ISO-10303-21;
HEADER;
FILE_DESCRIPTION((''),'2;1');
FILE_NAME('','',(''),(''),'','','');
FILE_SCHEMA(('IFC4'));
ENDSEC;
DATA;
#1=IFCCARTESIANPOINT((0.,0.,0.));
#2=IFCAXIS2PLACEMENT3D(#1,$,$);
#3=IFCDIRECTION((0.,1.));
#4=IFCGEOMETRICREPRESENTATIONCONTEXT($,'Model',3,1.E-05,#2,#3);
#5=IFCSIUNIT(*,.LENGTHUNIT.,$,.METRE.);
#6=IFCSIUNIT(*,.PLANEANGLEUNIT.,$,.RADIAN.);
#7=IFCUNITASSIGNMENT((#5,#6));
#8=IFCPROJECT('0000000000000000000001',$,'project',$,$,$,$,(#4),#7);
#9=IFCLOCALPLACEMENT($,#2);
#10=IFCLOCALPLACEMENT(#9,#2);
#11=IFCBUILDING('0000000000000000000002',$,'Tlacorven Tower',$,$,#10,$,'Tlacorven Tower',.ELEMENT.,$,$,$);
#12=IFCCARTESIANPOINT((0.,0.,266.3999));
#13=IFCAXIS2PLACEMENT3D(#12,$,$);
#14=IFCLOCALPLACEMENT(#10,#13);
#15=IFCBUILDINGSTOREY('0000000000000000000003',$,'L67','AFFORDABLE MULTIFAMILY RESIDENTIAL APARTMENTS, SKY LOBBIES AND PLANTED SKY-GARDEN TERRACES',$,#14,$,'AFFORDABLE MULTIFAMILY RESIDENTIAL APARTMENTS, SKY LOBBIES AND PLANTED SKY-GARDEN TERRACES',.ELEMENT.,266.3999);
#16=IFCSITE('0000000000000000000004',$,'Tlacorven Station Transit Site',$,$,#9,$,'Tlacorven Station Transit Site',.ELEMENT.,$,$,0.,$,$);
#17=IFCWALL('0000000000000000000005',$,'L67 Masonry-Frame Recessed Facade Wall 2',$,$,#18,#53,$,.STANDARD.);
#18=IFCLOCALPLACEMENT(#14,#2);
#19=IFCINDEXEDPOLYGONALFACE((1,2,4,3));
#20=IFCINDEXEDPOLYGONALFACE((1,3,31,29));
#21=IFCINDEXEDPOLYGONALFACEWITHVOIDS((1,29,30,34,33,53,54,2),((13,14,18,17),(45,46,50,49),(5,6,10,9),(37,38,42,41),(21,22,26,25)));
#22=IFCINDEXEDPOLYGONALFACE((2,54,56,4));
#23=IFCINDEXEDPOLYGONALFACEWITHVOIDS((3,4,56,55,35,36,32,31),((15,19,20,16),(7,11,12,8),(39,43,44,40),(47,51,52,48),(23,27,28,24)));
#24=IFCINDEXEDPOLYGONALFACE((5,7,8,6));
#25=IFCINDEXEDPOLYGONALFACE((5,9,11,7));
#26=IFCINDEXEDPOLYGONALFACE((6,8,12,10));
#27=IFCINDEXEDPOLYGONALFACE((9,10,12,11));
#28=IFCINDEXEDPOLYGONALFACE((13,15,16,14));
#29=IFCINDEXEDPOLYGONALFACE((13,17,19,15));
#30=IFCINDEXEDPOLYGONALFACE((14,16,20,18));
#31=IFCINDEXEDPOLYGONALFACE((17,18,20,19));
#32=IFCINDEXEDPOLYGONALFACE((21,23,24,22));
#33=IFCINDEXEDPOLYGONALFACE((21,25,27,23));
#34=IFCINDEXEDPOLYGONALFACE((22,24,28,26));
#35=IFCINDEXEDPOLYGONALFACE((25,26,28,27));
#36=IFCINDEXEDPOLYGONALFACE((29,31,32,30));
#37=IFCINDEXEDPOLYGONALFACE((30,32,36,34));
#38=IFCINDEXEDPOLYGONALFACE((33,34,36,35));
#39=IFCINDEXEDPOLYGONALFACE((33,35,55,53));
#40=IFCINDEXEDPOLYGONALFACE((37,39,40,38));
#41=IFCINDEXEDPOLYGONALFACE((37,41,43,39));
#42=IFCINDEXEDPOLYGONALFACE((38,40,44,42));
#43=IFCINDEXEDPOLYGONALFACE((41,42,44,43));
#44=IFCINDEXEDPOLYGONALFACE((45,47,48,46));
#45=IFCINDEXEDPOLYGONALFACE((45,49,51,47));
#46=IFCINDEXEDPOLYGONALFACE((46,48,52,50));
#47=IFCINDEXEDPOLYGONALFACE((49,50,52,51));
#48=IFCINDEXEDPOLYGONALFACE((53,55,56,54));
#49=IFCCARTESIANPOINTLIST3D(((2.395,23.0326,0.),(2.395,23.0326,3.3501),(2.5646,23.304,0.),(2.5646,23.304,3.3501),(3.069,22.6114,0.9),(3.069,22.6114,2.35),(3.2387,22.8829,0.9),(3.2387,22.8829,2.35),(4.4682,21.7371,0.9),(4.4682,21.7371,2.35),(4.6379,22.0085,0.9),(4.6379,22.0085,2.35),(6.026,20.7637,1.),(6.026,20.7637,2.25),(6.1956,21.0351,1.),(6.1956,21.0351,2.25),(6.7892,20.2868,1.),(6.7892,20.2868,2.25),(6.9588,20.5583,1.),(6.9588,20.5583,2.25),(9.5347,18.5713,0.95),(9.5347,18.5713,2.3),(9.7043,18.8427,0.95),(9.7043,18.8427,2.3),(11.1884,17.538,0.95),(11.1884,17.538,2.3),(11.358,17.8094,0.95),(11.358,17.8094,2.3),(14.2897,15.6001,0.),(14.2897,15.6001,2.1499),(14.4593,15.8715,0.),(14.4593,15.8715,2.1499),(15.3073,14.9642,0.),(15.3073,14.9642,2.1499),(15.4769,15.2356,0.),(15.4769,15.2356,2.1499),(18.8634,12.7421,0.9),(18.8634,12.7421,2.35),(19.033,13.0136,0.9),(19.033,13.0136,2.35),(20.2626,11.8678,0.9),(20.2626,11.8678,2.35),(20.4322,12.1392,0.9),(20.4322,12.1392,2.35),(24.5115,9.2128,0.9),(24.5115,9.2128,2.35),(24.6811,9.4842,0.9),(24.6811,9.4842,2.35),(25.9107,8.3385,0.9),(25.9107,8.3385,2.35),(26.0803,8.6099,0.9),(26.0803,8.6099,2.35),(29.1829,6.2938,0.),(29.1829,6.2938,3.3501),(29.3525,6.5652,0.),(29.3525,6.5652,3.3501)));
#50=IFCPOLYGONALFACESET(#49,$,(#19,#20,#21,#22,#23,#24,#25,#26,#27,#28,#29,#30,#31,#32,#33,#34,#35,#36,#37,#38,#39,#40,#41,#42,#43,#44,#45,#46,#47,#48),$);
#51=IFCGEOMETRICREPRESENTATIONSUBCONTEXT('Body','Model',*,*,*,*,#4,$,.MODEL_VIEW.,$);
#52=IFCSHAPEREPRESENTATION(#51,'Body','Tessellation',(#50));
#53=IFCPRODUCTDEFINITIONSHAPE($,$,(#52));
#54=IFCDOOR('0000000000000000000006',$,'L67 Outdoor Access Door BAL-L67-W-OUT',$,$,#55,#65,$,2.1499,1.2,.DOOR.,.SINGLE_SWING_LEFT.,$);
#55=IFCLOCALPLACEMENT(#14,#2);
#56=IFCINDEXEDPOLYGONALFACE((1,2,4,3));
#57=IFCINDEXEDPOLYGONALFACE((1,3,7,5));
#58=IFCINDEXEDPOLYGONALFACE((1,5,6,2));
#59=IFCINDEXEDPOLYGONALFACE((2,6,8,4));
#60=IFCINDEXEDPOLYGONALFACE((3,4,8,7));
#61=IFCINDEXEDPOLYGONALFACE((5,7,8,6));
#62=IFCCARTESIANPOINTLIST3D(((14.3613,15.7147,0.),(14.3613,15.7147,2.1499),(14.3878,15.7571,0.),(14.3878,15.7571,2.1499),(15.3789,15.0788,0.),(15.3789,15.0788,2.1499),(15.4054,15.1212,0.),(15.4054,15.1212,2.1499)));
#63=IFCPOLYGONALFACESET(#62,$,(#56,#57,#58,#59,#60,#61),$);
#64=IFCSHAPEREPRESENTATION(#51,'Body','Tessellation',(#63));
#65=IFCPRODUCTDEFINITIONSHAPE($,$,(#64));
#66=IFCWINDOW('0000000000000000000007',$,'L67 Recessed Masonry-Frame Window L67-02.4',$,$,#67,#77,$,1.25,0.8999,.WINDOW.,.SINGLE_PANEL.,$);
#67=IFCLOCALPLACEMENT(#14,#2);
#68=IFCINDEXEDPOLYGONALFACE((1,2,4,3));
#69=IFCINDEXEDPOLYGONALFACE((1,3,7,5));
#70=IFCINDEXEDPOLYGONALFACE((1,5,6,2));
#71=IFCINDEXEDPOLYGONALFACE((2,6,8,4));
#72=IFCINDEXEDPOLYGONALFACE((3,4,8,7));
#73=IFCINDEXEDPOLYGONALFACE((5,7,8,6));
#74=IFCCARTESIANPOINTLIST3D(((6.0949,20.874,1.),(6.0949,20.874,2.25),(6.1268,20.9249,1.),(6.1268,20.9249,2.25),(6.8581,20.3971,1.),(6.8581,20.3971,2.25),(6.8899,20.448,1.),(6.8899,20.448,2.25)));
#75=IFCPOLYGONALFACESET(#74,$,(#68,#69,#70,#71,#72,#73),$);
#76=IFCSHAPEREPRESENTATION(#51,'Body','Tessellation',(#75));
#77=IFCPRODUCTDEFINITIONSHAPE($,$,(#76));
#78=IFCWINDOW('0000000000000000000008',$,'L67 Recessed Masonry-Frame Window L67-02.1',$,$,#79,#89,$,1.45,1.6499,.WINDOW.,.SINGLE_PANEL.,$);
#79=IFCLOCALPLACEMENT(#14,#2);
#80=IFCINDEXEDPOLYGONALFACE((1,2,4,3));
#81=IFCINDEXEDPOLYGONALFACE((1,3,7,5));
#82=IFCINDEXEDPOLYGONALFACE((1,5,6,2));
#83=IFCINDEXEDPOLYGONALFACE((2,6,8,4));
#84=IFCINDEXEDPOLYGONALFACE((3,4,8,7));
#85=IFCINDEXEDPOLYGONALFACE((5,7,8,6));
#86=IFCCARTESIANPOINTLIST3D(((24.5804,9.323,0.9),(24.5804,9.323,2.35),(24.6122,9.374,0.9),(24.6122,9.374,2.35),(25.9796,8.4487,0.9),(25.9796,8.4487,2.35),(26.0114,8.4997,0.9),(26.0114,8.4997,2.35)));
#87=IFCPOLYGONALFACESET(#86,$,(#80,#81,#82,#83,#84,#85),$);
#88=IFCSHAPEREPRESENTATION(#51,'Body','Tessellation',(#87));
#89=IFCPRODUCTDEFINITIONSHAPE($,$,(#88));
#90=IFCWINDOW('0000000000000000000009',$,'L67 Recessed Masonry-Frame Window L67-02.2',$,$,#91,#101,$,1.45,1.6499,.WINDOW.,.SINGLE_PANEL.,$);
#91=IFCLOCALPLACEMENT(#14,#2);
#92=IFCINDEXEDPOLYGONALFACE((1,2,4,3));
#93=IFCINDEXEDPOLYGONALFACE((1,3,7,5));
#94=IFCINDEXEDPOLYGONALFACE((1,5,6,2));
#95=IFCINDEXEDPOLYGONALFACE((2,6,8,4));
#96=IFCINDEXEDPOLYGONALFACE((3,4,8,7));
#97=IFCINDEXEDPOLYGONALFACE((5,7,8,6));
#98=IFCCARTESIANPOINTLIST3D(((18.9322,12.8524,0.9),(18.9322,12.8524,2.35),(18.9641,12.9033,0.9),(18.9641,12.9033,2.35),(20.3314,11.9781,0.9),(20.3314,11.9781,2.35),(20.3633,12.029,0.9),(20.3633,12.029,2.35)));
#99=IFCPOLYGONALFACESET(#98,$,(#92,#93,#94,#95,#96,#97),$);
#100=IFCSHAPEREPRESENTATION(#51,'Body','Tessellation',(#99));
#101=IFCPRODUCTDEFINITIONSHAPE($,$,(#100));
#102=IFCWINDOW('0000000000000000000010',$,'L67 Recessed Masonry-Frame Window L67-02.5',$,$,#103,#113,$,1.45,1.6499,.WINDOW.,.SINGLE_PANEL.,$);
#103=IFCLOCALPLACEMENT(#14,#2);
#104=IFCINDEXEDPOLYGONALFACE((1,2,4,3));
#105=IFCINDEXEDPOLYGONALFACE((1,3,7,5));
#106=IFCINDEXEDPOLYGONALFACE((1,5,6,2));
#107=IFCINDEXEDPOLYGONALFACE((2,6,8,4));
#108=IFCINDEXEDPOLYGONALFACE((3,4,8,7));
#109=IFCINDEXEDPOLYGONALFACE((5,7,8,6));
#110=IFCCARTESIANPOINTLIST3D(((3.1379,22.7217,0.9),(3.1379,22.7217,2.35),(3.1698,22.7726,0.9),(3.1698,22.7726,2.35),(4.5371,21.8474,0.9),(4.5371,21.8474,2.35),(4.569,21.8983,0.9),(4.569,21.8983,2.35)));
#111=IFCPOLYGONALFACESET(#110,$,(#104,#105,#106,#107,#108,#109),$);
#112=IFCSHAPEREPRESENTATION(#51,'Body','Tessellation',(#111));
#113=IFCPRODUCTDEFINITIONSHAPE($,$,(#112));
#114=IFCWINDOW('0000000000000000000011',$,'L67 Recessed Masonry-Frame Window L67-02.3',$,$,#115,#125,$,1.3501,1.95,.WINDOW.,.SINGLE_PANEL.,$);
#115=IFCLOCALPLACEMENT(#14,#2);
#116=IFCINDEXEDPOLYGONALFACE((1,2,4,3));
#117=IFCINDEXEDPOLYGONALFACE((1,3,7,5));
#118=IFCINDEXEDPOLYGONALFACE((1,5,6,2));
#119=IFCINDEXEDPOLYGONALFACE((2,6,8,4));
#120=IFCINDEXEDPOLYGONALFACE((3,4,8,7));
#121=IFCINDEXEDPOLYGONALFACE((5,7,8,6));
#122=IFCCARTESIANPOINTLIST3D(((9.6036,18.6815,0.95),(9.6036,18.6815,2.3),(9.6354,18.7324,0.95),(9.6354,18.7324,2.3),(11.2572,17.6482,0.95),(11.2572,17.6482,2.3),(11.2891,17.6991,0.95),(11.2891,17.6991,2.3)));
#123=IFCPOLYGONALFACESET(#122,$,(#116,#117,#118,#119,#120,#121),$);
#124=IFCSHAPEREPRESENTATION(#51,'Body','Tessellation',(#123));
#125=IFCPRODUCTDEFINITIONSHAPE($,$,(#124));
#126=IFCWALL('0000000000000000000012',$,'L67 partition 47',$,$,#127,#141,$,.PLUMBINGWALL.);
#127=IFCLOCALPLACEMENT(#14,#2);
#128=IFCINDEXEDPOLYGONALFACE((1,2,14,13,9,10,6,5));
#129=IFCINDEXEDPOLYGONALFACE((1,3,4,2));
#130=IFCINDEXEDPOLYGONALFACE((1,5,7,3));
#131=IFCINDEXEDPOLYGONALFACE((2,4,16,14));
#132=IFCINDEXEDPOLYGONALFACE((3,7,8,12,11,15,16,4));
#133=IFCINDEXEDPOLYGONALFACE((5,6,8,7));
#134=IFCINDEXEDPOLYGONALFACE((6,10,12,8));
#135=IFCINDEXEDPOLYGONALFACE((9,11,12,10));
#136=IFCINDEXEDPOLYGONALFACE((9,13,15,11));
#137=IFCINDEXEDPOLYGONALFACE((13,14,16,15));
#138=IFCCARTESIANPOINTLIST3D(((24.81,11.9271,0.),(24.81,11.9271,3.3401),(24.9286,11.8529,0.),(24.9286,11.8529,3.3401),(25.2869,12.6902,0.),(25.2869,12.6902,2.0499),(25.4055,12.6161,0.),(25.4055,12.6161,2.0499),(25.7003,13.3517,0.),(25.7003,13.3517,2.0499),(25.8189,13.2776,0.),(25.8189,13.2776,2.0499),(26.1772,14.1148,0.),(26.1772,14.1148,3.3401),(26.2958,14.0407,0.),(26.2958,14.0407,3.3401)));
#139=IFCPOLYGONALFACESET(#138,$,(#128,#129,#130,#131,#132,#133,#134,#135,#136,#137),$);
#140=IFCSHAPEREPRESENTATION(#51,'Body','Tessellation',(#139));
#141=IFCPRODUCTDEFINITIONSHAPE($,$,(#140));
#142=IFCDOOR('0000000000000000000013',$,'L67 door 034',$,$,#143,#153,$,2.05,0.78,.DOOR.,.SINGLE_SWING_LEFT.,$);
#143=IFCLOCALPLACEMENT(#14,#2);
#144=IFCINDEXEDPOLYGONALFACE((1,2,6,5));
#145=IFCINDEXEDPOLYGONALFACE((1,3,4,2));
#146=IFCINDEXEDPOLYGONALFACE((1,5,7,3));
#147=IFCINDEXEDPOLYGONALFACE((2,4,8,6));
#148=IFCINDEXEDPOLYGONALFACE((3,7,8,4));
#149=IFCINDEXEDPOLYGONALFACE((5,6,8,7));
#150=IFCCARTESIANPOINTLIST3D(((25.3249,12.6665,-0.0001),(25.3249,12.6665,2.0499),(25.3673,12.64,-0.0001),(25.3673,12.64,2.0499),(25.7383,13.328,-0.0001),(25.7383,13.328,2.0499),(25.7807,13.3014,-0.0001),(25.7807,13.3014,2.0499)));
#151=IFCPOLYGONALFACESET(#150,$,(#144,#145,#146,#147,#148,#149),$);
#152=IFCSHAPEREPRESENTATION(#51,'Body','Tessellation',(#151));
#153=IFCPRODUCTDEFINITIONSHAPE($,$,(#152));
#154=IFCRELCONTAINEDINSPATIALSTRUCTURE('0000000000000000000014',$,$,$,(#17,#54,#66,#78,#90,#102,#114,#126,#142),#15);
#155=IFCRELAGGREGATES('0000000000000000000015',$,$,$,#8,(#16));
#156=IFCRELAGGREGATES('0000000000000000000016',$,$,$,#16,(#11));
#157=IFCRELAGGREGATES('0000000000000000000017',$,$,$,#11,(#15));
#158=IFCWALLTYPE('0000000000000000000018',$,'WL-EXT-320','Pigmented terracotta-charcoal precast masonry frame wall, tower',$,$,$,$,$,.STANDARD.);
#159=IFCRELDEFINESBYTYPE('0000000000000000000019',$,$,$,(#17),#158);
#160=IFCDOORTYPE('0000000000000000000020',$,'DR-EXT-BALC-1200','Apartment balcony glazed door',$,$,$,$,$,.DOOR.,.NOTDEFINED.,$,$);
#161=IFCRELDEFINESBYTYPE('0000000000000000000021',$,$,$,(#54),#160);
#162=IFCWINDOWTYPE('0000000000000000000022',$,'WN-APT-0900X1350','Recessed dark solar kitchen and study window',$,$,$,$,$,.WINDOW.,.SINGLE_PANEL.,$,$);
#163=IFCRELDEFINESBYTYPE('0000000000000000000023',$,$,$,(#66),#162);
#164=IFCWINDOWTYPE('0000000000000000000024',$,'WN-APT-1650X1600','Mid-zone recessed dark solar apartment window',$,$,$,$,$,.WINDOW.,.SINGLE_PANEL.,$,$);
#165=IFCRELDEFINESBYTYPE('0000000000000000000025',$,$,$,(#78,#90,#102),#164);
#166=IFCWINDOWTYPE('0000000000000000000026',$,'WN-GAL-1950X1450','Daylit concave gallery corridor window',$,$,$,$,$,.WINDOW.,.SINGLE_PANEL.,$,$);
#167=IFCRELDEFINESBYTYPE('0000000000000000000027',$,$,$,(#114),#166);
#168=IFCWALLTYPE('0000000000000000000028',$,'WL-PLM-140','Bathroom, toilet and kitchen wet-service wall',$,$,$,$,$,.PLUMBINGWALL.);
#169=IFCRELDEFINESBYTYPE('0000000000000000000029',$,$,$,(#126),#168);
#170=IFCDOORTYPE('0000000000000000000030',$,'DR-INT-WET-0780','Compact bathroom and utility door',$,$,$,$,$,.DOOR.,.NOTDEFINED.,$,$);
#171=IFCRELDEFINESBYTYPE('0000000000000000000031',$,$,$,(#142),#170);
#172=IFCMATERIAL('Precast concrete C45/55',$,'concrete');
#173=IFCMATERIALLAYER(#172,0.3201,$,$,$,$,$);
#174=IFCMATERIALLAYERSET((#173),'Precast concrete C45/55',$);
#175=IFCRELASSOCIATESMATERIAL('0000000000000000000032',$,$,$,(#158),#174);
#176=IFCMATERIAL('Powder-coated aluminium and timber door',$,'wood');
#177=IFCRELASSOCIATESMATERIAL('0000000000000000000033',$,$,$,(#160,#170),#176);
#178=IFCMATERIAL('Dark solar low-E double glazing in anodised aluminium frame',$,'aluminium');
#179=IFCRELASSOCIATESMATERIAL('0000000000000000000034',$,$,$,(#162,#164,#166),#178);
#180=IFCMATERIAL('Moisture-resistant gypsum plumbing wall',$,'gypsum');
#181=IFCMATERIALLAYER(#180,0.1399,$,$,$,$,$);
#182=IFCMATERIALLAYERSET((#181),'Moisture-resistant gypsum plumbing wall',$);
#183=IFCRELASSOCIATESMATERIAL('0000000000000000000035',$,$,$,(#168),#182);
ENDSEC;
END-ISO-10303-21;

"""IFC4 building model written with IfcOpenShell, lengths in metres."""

from ifc_helpers import new_model, si_unit, direction, frame, frame_2d, origin, place, context, subcontext, project, spatial, rectangle, extrude, source, transform, mapped, material, layer, layer_set, type_object, element, fill, save


model = new_model("IFC4")

# Units and contexts
model_context = context("Model", 3, precision=1e-05, world=origin(), true_north=direction((0.0, 1.0)))
body_context = subcontext(model_context, "Body", "Model", "MODEL_VIEW")
ifc_project = project(units=[si_unit("LENGTHUNIT", "METRE"), si_unit("PLANEANGLEUNIT", "RADIAN")], contexts=[model_context])

# Site, building, storey
site_placement = place(None, origin())
site = spatial("IfcSite", under=ifc_project, at=site_placement, Name="Tlacorven Station Transit Site", LongName="Tlacorven Station Transit Site", CompositionType="ELEMENT", RefElevation=0.0)
building_placement = place(site_placement, origin())
building = spatial("IfcBuilding", under=site, at=building_placement, Name="Tlacorven Tower", LongName="Tlacorven Tower", CompositionType="ELEMENT")
storey_placement = place(building_placement, frame((0.0, 0.0, 266.3999)))
storey = spatial("IfcBuildingStorey", under=building, at=storey_placement, Name="L67", Description="AFFORDABLE MULTIFAMILY RESIDENTIAL APARTMENTS, SKY LOBBIES AND PLANTED SKY-GARDEN TERRACES", LongName="AFFORDABLE MULTIFAMILY RESIDENTIAL APARTMENTS, SKY LOBBIES AND PLANTED SKY-GARDEN TERRACES", CompositionType="ELEMENT", Elevation=266.3999)

# Wall, openings, door, windows
ifc_material_1 = material(Name="Precast concrete C45/55", Category="concrete")
ifc_layer_1 = layer(ifc_material_1, 0.3201)
ifc_layer_set_1 = layer_set([ifc_layer_1], Name="Precast concrete C45/55")
wall_type_1 = type_object("IfcWallType", Name="WL-EXT-320", Description="Pigmented terracotta-charcoal precast masonry frame wall, tower", PredefinedType="STANDARD", material=ifc_layer_set_1)
wall_1_placement = place(storey_placement, frame((29.2678, 6.4294, 0.0), z_axis=(0.0, 0.0, 1.0), x_axis=(-0.84805, 0.529916, 0.0)))
wall_1 = element("IfcWall", 1, at=wall_1_placement, inside=storey, type_object=wall_type_1, Name="L67 Masonry-Frame Recessed Facade Wall 2", PredefinedType="STANDARD", context=body_context, shape_type="SweptSolid", body=[
    extrude(rectangle(XDim=31.5876, YDim=0.3201, at=frame_2d((15.7939, 0.0))), origin(), (0.0, 0.0, 1.0), 3.3501),
])
opening_1_placement = place(wall_1_placement, frame((16.3618, 0.0, 0.0)))
opening_1 = element("IfcOpeningElement", 2, at=opening_1_placement, cuts=wall_1, PredefinedType="OPENING", context=body_context, shape_type="SweptSolid", body=[
    extrude(rectangle(XDim=1.2, YDim=2.1499, at=frame_2d((0.6001, 1.075))), frame((0.0, 0.1699, 0.0), z_axis=(0.0, -1.0, 0.0), x_axis=(1.0, 0.0, 0.0)), (0.0, 0.0, 1.0), 0.3401),
])
opening_2_placement = place(wall_1_placement, frame((3.8586, 0.0, 0.8999)))
opening_2 = element("IfcOpeningElement", 3, at=opening_2_placement, cuts=wall_1, PredefinedType="OPENING", context=body_context, shape_type="SweptSolid", body=[
    extrude(rectangle(XDim=1.6499, YDim=1.45, at=frame_2d((0.825, 0.7251))), frame((0.0, 0.1699, 0.0), z_axis=(0.0, -1.0, 0.0), x_axis=(1.0, 0.0, 0.0)), (0.0, 0.0, 1.0), 0.3401),
])
opening_3_placement = place(wall_1_placement, frame((10.5188, 0.0, 0.8999)))
opening_3 = element("IfcOpeningElement", 4, at=opening_3_placement, cuts=wall_1, PredefinedType="OPENING", context=body_context, shape_type="SweptSolid", body=[
    extrude(rectangle(XDim=1.6499, YDim=1.45, at=frame_2d((0.825, 0.7251))), frame((0.0, 0.1699, 0.0), z_axis=(0.0, -1.0, 0.0), x_axis=(1.0, 0.0, 0.0)), (0.0, 0.0, 1.0), 0.3401),
])
opening_4_placement = place(wall_1_placement, frame((21.2188, 0.0, 0.95)))
opening_4 = element("IfcOpeningElement", 5, at=opening_4_placement, cuts=wall_1, PredefinedType="OPENING", context=body_context, shape_type="SweptSolid", body=[
    extrude(rectangle(XDim=1.95, YDim=1.3501, at=frame_2d((0.9751, 0.675))), frame((0.0, 0.1699, 0.0), z_axis=(0.0, -1.0, 0.0), x_axis=(1.0, 0.0, 0.0)), (0.0, 0.0, 1.0), 0.3401),
])
opening_5_placement = place(wall_1_placement, frame((26.4062, 0.0, 1.0)))
opening_5 = element("IfcOpeningElement", 6, at=opening_5_placement, cuts=wall_1, PredefinedType="OPENING", context=body_context, shape_type="SweptSolid", body=[
    extrude(rectangle(XDim=0.8999, YDim=1.25, at=frame_2d((0.45, 0.625))), frame((0.0, 0.1699, 0.0), z_axis=(0.0, -1.0, 0.0), x_axis=(1.0, 0.0, 0.0)), (0.0, 0.0, 1.0), 0.3401),
])
opening_6_placement = place(wall_1_placement, frame((29.1431, 0.0, 0.8999)))
opening_6 = element("IfcOpeningElement", 7, at=opening_6_placement, cuts=wall_1, PredefinedType="OPENING", context=body_context, shape_type="SweptSolid", body=[
    extrude(rectangle(XDim=1.6499, YDim=1.45, at=frame_2d((0.825, 0.7251))), frame((0.0, 0.1699, 0.0), z_axis=(0.0, -1.0, 0.0), x_axis=(1.0, 0.0, 0.0)), (0.0, 0.0, 1.0), 0.3401),
])
ifc_material_2 = material(Name="Powder-coated aluminium and timber door", Category="wood")
door_type_1 = type_object("IfcDoorType", Name="DR-EXT-BALC-1200", Description="Apartment balcony glazed door", OperationType="NOTDEFINED", PredefinedType="DOOR", material=ifc_material_2)
shared_shape_1 = source(origin(), body_context, "Body", "SweptSolid", [
    extrude(rectangle(XDim=1.2, YDim=2.1499, at=frame_2d((0.6001, 1.075))), frame((0.0, 0.0249, 0.0), z_axis=(0.0, -1.0, 0.0), x_axis=(1.0, 0.0, 0.0)), (0.0, 0.0, 1.0), 0.05),
])
door_1_placement = place(opening_1_placement, origin())
door_1 = element("IfcDoor", 8, at=door_1_placement, inside=storey, type_object=door_type_1, Name="L67 Outdoor Access Door BAL-L67-W-OUT", OperationType="SINGLE_SWING_LEFT", OverallHeight=2.1499, OverallWidth=1.2, PredefinedType="DOOR", context=body_context, shape_type="MappedRepresentation", body=[
    mapped(shared_shape_1, transform((0.0, 0.0, 0.0), scale=1.0)),
])
fill(opening_1, door_1)
ifc_material_3 = material(Name="Dark solar low-E double glazing in anodised aluminium frame", Category="aluminium")
window_type_1 = type_object("IfcWindowType", Name="WN-APT-0900X1350", Description="Recessed dark solar kitchen and study window", PartitioningType="SINGLE_PANEL", PredefinedType="WINDOW", material=ifc_material_3)
shared_shape_2 = source(origin(), body_context, "Body", "SweptSolid", [
    extrude(rectangle(XDim=0.8999, YDim=1.25, at=frame_2d((0.45, 0.625))), frame((0.0, 0.03, 0.0), z_axis=(0.0, -1.0, 0.0), x_axis=(1.0, 0.0, 0.0)), (0.0, 0.0, 1.0), 0.0601),
])
window_1_placement = place(opening_5_placement, origin())
window_1 = element("IfcWindow", 9, at=window_1_placement, inside=storey, type_object=window_type_1, Name="L67 Recessed Masonry-Frame Window L67-02.4", OverallHeight=1.25, OverallWidth=0.8999, PartitioningType="SINGLE_PANEL", PredefinedType="WINDOW", context=body_context, shape_type="MappedRepresentation", body=[
    mapped(shared_shape_2, transform((0.0, 0.0, 0.0), scale=1.0)),
])
fill(opening_5, window_1)
window_type_2 = type_object("IfcWindowType", Name="WN-APT-1650X1600", Description="Mid-zone recessed dark solar apartment window", PartitioningType="SINGLE_PANEL", PredefinedType="WINDOW", material=ifc_material_3)
shared_shape_3 = source(origin(), body_context, "Body", "SweptSolid", [
    extrude(rectangle(XDim=1.6499, YDim=1.45, at=frame_2d((0.825, 0.7251))), frame((0.0, 0.03, 0.0), z_axis=(0.0, -1.0, 0.0), x_axis=(1.0, 0.0, 0.0)), (0.0, 0.0, 1.0), 0.0601),
])
window_2_placement = place(opening_2_placement, origin())
window_2 = element("IfcWindow", 10, at=window_2_placement, inside=storey, type_object=window_type_2, Name="L67 Recessed Masonry-Frame Window L67-02.1", OverallHeight=1.45, OverallWidth=1.6499, PartitioningType="SINGLE_PANEL", PredefinedType="WINDOW", context=body_context, shape_type="MappedRepresentation", body=[
    mapped(shared_shape_3, transform((0.0, 0.0, 0.0), scale=1.0)),
])
fill(opening_2, window_2)
window_3_placement = place(opening_3_placement, origin())
window_3 = element("IfcWindow", 11, at=window_3_placement, inside=storey, type_object=window_type_2, Name="L67 Recessed Masonry-Frame Window L67-02.2", OverallHeight=1.45, OverallWidth=1.6499, PartitioningType="SINGLE_PANEL", PredefinedType="WINDOW", context=body_context, shape_type="MappedRepresentation", body=[
    mapped(shared_shape_3, transform((0.0, 0.0, 0.0), scale=1.0)),
])
fill(opening_3, window_3)
window_4_placement = place(opening_6_placement, origin())
window_4 = element("IfcWindow", 12, at=window_4_placement, inside=storey, type_object=window_type_2, Name="L67 Recessed Masonry-Frame Window L67-02.5", OverallHeight=1.45, OverallWidth=1.6499, PartitioningType="SINGLE_PANEL", PredefinedType="WINDOW", context=body_context, shape_type="MappedRepresentation", body=[
    mapped(shared_shape_3, transform((0.0, 0.0, 0.0), scale=1.0)),
])
fill(opening_6, window_4)
window_type_3 = type_object("IfcWindowType", Name="WN-GAL-1950X1450", Description="Daylit concave gallery corridor window", PartitioningType="SINGLE_PANEL", PredefinedType="WINDOW", material=ifc_material_3)
shared_shape_4 = source(origin(), body_context, "Body", "SweptSolid", [
    extrude(rectangle(XDim=1.95, YDim=1.3501, at=frame_2d((0.9751, 0.675))), frame((0.0, 0.03, 0.0), z_axis=(0.0, -1.0, 0.0), x_axis=(1.0, 0.0, 0.0)), (0.0, 0.0, 1.0), 0.0601),
])
window_5_placement = place(opening_4_placement, origin())
window_5 = element("IfcWindow", 13, at=window_5_placement, inside=storey, type_object=window_type_3, Name="L67 Recessed Masonry-Frame Window L67-02.3", OverallHeight=1.3501, OverallWidth=1.95, PartitioningType="SINGLE_PANEL", PredefinedType="WINDOW", context=body_context, shape_type="MappedRepresentation", body=[
    mapped(shared_shape_4, transform((0.0, 0.0, 0.0), scale=1.0)),
])
fill(opening_4, window_5)

# Wall, opening, door
ifc_material_4 = material(Name="Moisture-resistant gypsum plumbing wall", Category="gypsum")
ifc_layer_2 = layer(ifc_material_4, 0.1399)
ifc_layer_set_2 = layer_set([ifc_layer_2], Name="Moisture-resistant gypsum plumbing wall")
wall_type_2 = type_object("IfcWallType", Name="WL-PLM-140", Description="Bathroom, toilet and kitchen wet-service wall", PredefinedType="PLUMBINGWALL", material=ifc_layer_set_2)
wall_2_placement = place(storey_placement, frame((26.2366, 14.0779, 0.0), z_axis=(0.0, 0.0, 1.0), x_axis=(-0.529956, -0.848025, 0.0)))
wall_2 = element("IfcWall", 14, at=wall_2_placement, inside=storey, type_object=wall_type_2, Name="L67 partition 47", PredefinedType="PLUMBINGWALL", context=body_context, shape_type="SweptSolid", body=[
    extrude(rectangle(XDim=2.5798, YDim=0.1399, at=frame_2d((1.29, 0.0))), origin(), (0.0, 0.0, 1.0), 3.3401),
])
opening_7_placement = place(wall_2_placement, frame((0.8999, 0.0, 0.0)))
opening_7 = element("IfcOpeningElement", 15, at=opening_7_placement, cuts=wall_2, PredefinedType="OPENING", context=body_context, shape_type="SweptSolid", body=[
    extrude(rectangle(XDim=0.78, YDim=2.05, at=frame_2d((0.3901, 1.0249))), frame((0.0, 0.0801, 0.0), z_axis=(0.0, -1.0, 0.0), x_axis=(1.0, 0.0, 0.0)), (0.0, 0.0, 1.0), 0.1599),
])
door_type_2 = type_object("IfcDoorType", Name="DR-INT-WET-0780", Description="Compact bathroom and utility door", OperationType="NOTDEFINED", PredefinedType="DOOR", material=ifc_material_2)
shared_shape_5 = source(origin(), body_context, "Body", "SweptSolid", [
    extrude(rectangle(XDim=0.78, YDim=2.05, at=frame_2d((0.3901, 1.0249))), frame((0.0, 0.0249, 0.0), z_axis=(0.0, -1.0, 0.0), x_axis=(1.0, 0.0, 0.0)), (0.0, 0.0, 1.0), 0.05),
])
door_2_placement = place(opening_7_placement, origin())
door_2 = element("IfcDoor", 16, at=door_2_placement, inside=storey, type_object=door_type_2, Name="L67 door 034", OperationType="SINGLE_SWING_LEFT", OverallHeight=2.05, OverallWidth=0.78, PredefinedType="DOOR", context=body_context, shape_type="MappedRepresentation", body=[
    mapped(shared_shape_5, transform((0.0, 0.0, 0.0), scale=1.0)),
])
fill(opening_7, door_2)

save(model, "model.ifc")
